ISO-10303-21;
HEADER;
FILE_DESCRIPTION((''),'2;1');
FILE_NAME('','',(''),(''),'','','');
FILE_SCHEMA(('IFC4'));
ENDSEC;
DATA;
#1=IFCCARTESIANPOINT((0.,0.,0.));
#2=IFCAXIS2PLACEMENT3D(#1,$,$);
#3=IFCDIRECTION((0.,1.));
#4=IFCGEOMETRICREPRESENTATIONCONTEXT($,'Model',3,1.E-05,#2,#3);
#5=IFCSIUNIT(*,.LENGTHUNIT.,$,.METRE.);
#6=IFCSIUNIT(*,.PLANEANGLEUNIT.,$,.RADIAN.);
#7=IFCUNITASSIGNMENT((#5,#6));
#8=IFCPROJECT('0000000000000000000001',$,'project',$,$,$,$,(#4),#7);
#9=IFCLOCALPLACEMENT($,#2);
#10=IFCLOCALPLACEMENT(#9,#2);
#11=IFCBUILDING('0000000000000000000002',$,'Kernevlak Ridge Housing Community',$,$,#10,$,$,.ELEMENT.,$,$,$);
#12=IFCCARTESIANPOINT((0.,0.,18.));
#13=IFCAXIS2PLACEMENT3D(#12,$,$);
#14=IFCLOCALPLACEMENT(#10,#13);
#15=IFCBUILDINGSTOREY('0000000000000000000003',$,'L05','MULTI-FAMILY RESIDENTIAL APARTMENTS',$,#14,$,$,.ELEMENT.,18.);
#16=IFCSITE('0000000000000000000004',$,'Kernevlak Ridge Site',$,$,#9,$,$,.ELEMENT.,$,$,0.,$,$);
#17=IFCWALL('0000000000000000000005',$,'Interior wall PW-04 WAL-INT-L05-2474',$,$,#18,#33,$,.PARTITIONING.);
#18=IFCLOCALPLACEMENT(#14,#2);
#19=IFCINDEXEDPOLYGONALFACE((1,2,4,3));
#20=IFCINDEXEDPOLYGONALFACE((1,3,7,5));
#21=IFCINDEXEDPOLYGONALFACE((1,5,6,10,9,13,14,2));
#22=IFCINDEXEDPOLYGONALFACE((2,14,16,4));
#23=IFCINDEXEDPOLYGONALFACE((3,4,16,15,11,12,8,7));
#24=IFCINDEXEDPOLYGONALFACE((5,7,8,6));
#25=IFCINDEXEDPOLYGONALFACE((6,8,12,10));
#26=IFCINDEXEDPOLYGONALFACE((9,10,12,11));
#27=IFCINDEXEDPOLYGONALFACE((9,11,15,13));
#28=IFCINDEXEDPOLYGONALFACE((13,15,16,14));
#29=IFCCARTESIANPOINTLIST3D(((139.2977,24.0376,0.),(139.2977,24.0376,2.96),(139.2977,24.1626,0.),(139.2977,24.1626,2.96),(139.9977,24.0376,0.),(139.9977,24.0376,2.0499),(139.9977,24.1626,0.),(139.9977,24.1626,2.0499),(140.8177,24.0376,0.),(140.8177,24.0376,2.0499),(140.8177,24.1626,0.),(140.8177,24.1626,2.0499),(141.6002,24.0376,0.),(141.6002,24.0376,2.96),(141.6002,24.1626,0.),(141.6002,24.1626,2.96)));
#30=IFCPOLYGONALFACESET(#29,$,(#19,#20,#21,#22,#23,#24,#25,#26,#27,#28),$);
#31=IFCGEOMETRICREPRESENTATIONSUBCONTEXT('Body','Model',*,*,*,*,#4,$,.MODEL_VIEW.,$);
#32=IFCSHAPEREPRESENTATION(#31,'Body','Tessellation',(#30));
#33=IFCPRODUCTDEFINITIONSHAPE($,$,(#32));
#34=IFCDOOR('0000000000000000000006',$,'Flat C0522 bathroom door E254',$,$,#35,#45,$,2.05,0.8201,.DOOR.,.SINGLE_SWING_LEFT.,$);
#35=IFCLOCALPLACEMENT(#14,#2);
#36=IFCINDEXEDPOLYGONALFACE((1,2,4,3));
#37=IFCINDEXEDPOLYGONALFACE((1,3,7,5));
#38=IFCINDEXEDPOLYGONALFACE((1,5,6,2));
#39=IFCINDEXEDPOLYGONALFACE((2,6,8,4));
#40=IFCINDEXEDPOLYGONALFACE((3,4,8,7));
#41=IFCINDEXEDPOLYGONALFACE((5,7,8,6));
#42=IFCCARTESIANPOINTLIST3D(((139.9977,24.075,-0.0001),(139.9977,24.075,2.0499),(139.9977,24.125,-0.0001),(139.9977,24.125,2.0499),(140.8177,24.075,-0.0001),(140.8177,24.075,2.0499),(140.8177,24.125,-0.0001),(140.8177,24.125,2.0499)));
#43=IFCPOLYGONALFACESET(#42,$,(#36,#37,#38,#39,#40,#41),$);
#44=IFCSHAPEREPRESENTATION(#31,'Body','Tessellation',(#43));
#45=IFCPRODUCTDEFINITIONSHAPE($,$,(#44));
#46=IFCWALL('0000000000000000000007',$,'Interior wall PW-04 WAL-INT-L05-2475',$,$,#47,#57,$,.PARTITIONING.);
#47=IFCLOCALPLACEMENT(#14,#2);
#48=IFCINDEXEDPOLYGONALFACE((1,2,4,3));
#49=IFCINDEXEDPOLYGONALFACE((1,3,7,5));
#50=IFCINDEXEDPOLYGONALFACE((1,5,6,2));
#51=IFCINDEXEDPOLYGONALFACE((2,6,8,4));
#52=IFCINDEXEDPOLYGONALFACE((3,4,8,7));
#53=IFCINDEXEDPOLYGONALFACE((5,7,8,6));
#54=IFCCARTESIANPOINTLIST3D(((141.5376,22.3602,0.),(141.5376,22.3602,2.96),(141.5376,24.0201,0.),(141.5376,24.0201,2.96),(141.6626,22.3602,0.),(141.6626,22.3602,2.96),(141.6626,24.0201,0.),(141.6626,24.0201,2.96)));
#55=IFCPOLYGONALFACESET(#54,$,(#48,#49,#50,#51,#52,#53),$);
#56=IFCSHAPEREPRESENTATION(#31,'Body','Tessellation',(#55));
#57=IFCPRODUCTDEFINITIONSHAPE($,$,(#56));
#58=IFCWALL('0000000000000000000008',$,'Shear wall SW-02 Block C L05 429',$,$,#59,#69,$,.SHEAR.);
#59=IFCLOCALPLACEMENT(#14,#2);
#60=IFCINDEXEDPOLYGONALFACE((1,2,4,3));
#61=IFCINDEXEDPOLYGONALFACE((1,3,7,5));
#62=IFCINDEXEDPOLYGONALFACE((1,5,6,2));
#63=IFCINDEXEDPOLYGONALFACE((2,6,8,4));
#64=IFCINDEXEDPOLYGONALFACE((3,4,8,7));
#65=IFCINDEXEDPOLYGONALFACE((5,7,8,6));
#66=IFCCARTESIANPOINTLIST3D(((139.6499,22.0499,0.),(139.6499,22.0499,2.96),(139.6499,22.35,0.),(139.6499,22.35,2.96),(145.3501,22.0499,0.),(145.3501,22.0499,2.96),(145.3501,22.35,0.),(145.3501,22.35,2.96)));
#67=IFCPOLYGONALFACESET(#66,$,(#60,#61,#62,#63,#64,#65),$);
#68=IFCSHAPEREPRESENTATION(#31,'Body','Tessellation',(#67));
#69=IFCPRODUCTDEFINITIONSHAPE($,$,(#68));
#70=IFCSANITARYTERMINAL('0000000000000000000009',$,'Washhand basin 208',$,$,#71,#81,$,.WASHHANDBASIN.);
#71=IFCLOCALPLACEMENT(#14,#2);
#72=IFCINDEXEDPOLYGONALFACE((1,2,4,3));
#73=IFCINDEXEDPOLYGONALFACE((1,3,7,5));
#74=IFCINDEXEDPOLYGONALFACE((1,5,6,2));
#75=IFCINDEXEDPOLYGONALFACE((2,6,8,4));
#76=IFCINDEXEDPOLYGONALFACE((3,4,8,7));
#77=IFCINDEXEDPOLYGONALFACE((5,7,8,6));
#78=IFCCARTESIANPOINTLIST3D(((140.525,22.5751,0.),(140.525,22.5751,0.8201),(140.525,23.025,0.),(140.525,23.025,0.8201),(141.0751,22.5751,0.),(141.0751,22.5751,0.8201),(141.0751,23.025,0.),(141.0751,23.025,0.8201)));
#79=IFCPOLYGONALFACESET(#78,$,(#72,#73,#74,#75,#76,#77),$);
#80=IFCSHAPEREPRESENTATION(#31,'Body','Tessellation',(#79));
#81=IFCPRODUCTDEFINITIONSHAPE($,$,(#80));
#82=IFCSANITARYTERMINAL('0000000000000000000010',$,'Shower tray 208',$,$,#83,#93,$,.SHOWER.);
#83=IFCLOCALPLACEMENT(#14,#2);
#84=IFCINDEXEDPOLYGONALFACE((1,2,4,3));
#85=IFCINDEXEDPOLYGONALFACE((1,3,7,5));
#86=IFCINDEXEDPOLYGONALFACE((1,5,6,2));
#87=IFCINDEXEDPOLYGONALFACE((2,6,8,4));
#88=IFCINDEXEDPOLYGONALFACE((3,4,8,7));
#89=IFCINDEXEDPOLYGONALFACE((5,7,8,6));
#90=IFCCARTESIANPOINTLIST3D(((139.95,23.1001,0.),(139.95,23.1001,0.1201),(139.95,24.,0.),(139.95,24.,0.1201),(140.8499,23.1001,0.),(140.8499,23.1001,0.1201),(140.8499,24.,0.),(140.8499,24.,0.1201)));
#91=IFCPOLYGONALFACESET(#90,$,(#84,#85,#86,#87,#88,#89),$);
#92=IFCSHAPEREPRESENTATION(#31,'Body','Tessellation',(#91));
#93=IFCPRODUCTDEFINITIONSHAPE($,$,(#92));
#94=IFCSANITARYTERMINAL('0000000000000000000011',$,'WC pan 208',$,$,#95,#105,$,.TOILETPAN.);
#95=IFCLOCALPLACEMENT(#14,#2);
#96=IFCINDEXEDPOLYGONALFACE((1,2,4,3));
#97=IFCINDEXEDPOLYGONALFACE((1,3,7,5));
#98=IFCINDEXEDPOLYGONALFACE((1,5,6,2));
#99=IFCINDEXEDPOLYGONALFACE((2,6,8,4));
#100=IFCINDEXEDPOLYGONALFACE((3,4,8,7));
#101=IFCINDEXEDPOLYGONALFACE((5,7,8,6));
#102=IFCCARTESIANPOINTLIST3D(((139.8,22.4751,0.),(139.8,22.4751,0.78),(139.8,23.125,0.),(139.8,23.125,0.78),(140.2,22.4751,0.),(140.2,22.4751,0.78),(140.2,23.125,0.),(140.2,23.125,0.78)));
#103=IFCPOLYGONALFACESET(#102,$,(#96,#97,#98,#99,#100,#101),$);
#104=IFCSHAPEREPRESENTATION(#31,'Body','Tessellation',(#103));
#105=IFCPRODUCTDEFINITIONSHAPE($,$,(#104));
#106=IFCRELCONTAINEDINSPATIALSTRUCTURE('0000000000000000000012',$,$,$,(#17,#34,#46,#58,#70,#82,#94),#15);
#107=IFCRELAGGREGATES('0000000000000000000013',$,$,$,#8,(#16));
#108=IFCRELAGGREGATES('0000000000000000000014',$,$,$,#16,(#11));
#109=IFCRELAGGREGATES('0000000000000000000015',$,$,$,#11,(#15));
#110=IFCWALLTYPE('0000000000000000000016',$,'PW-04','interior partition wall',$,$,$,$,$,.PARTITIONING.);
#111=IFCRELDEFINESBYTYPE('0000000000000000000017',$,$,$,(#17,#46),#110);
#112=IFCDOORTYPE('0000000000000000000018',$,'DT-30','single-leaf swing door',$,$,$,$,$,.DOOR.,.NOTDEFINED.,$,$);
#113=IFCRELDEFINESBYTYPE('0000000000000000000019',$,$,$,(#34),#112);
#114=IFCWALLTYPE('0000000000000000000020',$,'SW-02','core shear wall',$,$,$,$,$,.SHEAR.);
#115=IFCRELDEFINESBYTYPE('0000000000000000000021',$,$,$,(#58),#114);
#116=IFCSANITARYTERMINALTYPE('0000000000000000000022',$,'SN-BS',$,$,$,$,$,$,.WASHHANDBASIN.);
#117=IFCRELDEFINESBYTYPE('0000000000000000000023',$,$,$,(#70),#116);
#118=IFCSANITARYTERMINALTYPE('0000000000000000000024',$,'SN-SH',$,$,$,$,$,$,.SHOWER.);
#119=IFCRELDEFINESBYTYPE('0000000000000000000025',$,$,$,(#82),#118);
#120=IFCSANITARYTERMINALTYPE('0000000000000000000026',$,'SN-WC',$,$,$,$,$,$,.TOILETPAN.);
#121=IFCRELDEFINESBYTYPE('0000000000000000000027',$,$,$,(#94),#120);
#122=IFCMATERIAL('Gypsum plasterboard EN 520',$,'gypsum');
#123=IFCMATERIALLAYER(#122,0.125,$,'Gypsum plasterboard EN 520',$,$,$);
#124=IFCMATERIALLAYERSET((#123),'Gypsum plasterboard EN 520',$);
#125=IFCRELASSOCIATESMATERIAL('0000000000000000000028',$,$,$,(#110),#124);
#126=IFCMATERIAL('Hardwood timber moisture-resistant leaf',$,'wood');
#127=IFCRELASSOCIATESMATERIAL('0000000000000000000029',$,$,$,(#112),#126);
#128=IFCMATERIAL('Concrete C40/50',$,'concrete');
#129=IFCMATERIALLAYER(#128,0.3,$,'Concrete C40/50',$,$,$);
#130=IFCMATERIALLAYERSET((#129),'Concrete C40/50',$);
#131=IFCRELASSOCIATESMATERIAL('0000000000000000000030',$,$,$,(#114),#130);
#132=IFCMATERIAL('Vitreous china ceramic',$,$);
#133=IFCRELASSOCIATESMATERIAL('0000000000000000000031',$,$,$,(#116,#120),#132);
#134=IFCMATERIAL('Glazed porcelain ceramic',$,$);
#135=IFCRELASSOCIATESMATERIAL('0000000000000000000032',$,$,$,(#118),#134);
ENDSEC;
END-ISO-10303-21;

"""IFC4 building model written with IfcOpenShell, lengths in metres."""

from ifc_helpers import new_model, si_unit, direction, frame, frame_2d, origin, origin_2d, place, context, subcontext, project, spatial, rectangle, extrude, material, layer, layer_set, type_object, element, fill, save


model = new_model("IFC4")

# Units and contexts
model_context = context("Model", 3, precision=1e-05, world=origin(), true_north=direction((0.0, 1.0)))
body_context = subcontext(model_context, "Body", "Model", "MODEL_VIEW")
ifc_project = project(units=[si_unit("LENGTHUNIT", "METRE"), si_unit("PLANEANGLEUNIT", "RADIAN")], contexts=[model_context])

# Site, building, storey
site_placement = place(None, origin())
site = spatial("IfcSite", under=ifc_project, at=site_placement, Name="Kernevlak Ridge Site", CompositionType="ELEMENT", RefElevation=0.0)
building_placement = place(site_placement, origin())
building = spatial("IfcBuilding", under=site, at=building_placement, Name="Kernevlak Ridge Housing Community", CompositionType="ELEMENT")
storey_placement = place(building_placement, frame((0.0, 0.0, 18.0)))
storey = spatial("IfcBuildingStorey", under=building, at=storey_placement, Name="L05", Description="MULTI-FAMILY RESIDENTIAL APARTMENTS", CompositionType="ELEMENT", Elevation=18.0)

# Wall, opening, door
ifc_material_1 = material(Name="Gypsum plasterboard EN 520", Category="gypsum")
ifc_layer_1 = layer(ifc_material_1, 0.125, Name="Gypsum plasterboard EN 520")
ifc_layer_set_1 = layer_set([ifc_layer_1], Name="Gypsum plasterboard EN 520")
wall_type_1 = type_object("IfcWallType", Name="PW-04", Description="interior partition wall", PredefinedType="PARTITIONING", material=ifc_layer_set_1)
wall_1_placement = place(storey_placement, frame((139.2976, 24.1001, 0.0), z_axis=(0.0, 0.0, 1.0), x_axis=(1.0, 0.0, 0.0)))
wall_1 = element("IfcWall", 1, at=wall_1_placement, inside=storey, type_object=wall_type_1, Name="Interior wall PW-04 WAL-INT-L05-2474", PredefinedType="PARTITIONING", context=body_context, shape_type="SweptSolid", body=[
    extrude(rectangle(XDim=2.3025, YDim=0.125, at=frame_2d((1.1514, 0.0))), origin(), (0.0, 0.0, 1.0), 2.96),
])
opening_1_placement = place(wall_1_placement, frame((0.7, 0.0, 0.0)))
opening_1 = element("IfcOpeningElement", 2, at=opening_1_placement, cuts=wall_1, PredefinedType="OPENING", context=body_context, shape_type="SweptSolid", body=[
    extrude(rectangle(XDim=0.8201, YDim=2.05, at=frame_2d((0.4102, 1.0249))), frame((0.0, 0.0725, 0.0), z_axis=(0.0, -1.0, 0.0), x_axis=(1.0, 0.0, 0.0)), (0.0, 0.0, 1.0), 0.145),
])
ifc_material_2 = material(Name="Hardwood timber moisture-resistant leaf", Category="wood")
door_type_1 = type_object("IfcDoorType", Name="DT-30", Description="single-leaf swing door", OperationType="NOTDEFINED", PredefinedType="DOOR", material=ifc_material_2)
door_1_placement = place(opening_1_placement, origin())
door_1 = element("IfcDoor", 3, at=door_1_placement, inside=storey, type_object=door_type_1, Name="Flat C0522 bathroom door E254", OperationType="SINGLE_SWING_LEFT", OverallHeight=2.05, OverallWidth=0.8201, PredefinedType="DOOR", context=body_context, shape_type="SweptSolid", body=[
    extrude(rectangle(XDim=0.8201, YDim=2.05, at=frame_2d((0.4102, 1.0249))), frame((0.0, 0.0249, 0.0), z_axis=(0.0, -1.0, 0.0), x_axis=(1.0, 0.0, 0.0)), (0.0, 0.0, 1.0), 0.05),
])
fill(opening_1, door_1)

# Walls
wall_2_placement = place(storey_placement, frame((141.6001, 22.3601, 0.0), z_axis=(0.0, 0.0, 1.0), x_axis=(0.0, 1.0, 0.0)))
element("IfcWall", 4, at=wall_2_placement, inside=storey, type_object=wall_type_1, Name="Interior wall PW-04 WAL-INT-L05-2475", PredefinedType="PARTITIONING", context=body_context, shape_type="SweptSolid", body=[
    extrude(rectangle(XDim=1.6599, YDim=0.125, at=frame_2d((0.8301, 0.0))), origin(), (0.0, 0.0, 1.0), 2.96),
])
ifc_material_3 = material(Name="Concrete C40/50", Category="concrete")
ifc_layer_2 = layer(ifc_material_3, 0.3, Name="Concrete C40/50")
ifc_layer_set_2 = layer_set([ifc_layer_2], Name="Concrete C40/50")
wall_type_2 = type_object("IfcWallType", Name="SW-02", Description="core shear wall", PredefinedType="SHEAR", material=ifc_layer_set_2)
wall_3_placement = place(storey_placement, frame((139.6499, 22.2, 0.0), z_axis=(0.0, 0.0, 1.0), x_axis=(1.0, 0.0, 0.0)))
element("IfcWall", 5, at=wall_3_placement, inside=storey, type_object=wall_type_2, Name="Shear wall SW-02 Block C L05 429", PredefinedType="SHEAR", context=body_context, shape_type="SweptSolid", body=[
    extrude(rectangle(XDim=5.7002, YDim=0.3, at=frame_2d((2.8501, 0.0))), origin(), (0.0, 0.0, 1.0), 2.96),
])

# Sanitary terminals
ifc_material_4 = material(Name="Vitreous china ceramic")
sanitary_terminal_type_1 = type_object("IfcSanitaryTerminalType", Name="SN-BS", PredefinedType="WASHHANDBASIN", material=ifc_material_4)
sanitary_terminal_1_placement = place(storey_placement, frame((140.8, 22.8, 0.0), z_axis=(0.0, 0.0, 1.0), x_axis=(1.0, 0.0, 0.0)))
element("IfcSanitaryTerminal", 6, at=sanitary_terminal_1_placement, inside=storey, type_object=sanitary_terminal_type_1, Name="Washhand basin 208", PredefinedType="WASHHANDBASIN", context=body_context, shape_type="SweptSolid", body=[
    extrude(rectangle(XDim=0.55, YDim=0.45, at=origin_2d()), origin(), (0.0, 0.0, 1.0), 0.8201),
])
ifc_material_5 = material(Name="Glazed porcelain ceramic")
sanitary_terminal_type_2 = type_object("IfcSanitaryTerminalType", Name="SN-SH", PredefinedType="SHOWER", material=ifc_material_5)
sanitary_terminal_2_placement = place(storey_placement, frame((140.3999, 23.55, 0.0), z_axis=(0.0, 0.0, 1.0), x_axis=(1.0, 0.0, 0.0)))
element("IfcSanitaryTerminal", 7, at=sanitary_terminal_2_placement, inside=storey, type_object=sanitary_terminal_type_2, Name="Shower tray 208", PredefinedType="SHOWER", context=body_context, shape_type="SweptSolid", body=[
    extrude(rectangle(XDim=0.8999, YDim=0.8999, at=origin_2d()), origin(), (0.0, 0.0, 1.0), 0.1201),
])
sanitary_terminal_type_3 = type_object("IfcSanitaryTerminalType", Name="SN-WC", PredefinedType="TOILETPAN", material=ifc_material_4)
sanitary_terminal_3_placement = place(storey_placement, frame((140.0, 22.8, 0.0), z_axis=(0.0, 0.0, 1.0), x_axis=(1.0, 0.0, 0.0)))
element("IfcSanitaryTerminal", 8, at=sanitary_terminal_3_placement, inside=storey, type_object=sanitary_terminal_type_3, Name="WC pan 208", PredefinedType="TOILETPAN", context=body_context, shape_type="SweptSolid", body=[
    extrude(rectangle(XDim=0.3999, YDim=0.6499, at=origin_2d()), origin(), (0.0, 0.0, 1.0), 0.78),
])

save(model, "model.ifc")
